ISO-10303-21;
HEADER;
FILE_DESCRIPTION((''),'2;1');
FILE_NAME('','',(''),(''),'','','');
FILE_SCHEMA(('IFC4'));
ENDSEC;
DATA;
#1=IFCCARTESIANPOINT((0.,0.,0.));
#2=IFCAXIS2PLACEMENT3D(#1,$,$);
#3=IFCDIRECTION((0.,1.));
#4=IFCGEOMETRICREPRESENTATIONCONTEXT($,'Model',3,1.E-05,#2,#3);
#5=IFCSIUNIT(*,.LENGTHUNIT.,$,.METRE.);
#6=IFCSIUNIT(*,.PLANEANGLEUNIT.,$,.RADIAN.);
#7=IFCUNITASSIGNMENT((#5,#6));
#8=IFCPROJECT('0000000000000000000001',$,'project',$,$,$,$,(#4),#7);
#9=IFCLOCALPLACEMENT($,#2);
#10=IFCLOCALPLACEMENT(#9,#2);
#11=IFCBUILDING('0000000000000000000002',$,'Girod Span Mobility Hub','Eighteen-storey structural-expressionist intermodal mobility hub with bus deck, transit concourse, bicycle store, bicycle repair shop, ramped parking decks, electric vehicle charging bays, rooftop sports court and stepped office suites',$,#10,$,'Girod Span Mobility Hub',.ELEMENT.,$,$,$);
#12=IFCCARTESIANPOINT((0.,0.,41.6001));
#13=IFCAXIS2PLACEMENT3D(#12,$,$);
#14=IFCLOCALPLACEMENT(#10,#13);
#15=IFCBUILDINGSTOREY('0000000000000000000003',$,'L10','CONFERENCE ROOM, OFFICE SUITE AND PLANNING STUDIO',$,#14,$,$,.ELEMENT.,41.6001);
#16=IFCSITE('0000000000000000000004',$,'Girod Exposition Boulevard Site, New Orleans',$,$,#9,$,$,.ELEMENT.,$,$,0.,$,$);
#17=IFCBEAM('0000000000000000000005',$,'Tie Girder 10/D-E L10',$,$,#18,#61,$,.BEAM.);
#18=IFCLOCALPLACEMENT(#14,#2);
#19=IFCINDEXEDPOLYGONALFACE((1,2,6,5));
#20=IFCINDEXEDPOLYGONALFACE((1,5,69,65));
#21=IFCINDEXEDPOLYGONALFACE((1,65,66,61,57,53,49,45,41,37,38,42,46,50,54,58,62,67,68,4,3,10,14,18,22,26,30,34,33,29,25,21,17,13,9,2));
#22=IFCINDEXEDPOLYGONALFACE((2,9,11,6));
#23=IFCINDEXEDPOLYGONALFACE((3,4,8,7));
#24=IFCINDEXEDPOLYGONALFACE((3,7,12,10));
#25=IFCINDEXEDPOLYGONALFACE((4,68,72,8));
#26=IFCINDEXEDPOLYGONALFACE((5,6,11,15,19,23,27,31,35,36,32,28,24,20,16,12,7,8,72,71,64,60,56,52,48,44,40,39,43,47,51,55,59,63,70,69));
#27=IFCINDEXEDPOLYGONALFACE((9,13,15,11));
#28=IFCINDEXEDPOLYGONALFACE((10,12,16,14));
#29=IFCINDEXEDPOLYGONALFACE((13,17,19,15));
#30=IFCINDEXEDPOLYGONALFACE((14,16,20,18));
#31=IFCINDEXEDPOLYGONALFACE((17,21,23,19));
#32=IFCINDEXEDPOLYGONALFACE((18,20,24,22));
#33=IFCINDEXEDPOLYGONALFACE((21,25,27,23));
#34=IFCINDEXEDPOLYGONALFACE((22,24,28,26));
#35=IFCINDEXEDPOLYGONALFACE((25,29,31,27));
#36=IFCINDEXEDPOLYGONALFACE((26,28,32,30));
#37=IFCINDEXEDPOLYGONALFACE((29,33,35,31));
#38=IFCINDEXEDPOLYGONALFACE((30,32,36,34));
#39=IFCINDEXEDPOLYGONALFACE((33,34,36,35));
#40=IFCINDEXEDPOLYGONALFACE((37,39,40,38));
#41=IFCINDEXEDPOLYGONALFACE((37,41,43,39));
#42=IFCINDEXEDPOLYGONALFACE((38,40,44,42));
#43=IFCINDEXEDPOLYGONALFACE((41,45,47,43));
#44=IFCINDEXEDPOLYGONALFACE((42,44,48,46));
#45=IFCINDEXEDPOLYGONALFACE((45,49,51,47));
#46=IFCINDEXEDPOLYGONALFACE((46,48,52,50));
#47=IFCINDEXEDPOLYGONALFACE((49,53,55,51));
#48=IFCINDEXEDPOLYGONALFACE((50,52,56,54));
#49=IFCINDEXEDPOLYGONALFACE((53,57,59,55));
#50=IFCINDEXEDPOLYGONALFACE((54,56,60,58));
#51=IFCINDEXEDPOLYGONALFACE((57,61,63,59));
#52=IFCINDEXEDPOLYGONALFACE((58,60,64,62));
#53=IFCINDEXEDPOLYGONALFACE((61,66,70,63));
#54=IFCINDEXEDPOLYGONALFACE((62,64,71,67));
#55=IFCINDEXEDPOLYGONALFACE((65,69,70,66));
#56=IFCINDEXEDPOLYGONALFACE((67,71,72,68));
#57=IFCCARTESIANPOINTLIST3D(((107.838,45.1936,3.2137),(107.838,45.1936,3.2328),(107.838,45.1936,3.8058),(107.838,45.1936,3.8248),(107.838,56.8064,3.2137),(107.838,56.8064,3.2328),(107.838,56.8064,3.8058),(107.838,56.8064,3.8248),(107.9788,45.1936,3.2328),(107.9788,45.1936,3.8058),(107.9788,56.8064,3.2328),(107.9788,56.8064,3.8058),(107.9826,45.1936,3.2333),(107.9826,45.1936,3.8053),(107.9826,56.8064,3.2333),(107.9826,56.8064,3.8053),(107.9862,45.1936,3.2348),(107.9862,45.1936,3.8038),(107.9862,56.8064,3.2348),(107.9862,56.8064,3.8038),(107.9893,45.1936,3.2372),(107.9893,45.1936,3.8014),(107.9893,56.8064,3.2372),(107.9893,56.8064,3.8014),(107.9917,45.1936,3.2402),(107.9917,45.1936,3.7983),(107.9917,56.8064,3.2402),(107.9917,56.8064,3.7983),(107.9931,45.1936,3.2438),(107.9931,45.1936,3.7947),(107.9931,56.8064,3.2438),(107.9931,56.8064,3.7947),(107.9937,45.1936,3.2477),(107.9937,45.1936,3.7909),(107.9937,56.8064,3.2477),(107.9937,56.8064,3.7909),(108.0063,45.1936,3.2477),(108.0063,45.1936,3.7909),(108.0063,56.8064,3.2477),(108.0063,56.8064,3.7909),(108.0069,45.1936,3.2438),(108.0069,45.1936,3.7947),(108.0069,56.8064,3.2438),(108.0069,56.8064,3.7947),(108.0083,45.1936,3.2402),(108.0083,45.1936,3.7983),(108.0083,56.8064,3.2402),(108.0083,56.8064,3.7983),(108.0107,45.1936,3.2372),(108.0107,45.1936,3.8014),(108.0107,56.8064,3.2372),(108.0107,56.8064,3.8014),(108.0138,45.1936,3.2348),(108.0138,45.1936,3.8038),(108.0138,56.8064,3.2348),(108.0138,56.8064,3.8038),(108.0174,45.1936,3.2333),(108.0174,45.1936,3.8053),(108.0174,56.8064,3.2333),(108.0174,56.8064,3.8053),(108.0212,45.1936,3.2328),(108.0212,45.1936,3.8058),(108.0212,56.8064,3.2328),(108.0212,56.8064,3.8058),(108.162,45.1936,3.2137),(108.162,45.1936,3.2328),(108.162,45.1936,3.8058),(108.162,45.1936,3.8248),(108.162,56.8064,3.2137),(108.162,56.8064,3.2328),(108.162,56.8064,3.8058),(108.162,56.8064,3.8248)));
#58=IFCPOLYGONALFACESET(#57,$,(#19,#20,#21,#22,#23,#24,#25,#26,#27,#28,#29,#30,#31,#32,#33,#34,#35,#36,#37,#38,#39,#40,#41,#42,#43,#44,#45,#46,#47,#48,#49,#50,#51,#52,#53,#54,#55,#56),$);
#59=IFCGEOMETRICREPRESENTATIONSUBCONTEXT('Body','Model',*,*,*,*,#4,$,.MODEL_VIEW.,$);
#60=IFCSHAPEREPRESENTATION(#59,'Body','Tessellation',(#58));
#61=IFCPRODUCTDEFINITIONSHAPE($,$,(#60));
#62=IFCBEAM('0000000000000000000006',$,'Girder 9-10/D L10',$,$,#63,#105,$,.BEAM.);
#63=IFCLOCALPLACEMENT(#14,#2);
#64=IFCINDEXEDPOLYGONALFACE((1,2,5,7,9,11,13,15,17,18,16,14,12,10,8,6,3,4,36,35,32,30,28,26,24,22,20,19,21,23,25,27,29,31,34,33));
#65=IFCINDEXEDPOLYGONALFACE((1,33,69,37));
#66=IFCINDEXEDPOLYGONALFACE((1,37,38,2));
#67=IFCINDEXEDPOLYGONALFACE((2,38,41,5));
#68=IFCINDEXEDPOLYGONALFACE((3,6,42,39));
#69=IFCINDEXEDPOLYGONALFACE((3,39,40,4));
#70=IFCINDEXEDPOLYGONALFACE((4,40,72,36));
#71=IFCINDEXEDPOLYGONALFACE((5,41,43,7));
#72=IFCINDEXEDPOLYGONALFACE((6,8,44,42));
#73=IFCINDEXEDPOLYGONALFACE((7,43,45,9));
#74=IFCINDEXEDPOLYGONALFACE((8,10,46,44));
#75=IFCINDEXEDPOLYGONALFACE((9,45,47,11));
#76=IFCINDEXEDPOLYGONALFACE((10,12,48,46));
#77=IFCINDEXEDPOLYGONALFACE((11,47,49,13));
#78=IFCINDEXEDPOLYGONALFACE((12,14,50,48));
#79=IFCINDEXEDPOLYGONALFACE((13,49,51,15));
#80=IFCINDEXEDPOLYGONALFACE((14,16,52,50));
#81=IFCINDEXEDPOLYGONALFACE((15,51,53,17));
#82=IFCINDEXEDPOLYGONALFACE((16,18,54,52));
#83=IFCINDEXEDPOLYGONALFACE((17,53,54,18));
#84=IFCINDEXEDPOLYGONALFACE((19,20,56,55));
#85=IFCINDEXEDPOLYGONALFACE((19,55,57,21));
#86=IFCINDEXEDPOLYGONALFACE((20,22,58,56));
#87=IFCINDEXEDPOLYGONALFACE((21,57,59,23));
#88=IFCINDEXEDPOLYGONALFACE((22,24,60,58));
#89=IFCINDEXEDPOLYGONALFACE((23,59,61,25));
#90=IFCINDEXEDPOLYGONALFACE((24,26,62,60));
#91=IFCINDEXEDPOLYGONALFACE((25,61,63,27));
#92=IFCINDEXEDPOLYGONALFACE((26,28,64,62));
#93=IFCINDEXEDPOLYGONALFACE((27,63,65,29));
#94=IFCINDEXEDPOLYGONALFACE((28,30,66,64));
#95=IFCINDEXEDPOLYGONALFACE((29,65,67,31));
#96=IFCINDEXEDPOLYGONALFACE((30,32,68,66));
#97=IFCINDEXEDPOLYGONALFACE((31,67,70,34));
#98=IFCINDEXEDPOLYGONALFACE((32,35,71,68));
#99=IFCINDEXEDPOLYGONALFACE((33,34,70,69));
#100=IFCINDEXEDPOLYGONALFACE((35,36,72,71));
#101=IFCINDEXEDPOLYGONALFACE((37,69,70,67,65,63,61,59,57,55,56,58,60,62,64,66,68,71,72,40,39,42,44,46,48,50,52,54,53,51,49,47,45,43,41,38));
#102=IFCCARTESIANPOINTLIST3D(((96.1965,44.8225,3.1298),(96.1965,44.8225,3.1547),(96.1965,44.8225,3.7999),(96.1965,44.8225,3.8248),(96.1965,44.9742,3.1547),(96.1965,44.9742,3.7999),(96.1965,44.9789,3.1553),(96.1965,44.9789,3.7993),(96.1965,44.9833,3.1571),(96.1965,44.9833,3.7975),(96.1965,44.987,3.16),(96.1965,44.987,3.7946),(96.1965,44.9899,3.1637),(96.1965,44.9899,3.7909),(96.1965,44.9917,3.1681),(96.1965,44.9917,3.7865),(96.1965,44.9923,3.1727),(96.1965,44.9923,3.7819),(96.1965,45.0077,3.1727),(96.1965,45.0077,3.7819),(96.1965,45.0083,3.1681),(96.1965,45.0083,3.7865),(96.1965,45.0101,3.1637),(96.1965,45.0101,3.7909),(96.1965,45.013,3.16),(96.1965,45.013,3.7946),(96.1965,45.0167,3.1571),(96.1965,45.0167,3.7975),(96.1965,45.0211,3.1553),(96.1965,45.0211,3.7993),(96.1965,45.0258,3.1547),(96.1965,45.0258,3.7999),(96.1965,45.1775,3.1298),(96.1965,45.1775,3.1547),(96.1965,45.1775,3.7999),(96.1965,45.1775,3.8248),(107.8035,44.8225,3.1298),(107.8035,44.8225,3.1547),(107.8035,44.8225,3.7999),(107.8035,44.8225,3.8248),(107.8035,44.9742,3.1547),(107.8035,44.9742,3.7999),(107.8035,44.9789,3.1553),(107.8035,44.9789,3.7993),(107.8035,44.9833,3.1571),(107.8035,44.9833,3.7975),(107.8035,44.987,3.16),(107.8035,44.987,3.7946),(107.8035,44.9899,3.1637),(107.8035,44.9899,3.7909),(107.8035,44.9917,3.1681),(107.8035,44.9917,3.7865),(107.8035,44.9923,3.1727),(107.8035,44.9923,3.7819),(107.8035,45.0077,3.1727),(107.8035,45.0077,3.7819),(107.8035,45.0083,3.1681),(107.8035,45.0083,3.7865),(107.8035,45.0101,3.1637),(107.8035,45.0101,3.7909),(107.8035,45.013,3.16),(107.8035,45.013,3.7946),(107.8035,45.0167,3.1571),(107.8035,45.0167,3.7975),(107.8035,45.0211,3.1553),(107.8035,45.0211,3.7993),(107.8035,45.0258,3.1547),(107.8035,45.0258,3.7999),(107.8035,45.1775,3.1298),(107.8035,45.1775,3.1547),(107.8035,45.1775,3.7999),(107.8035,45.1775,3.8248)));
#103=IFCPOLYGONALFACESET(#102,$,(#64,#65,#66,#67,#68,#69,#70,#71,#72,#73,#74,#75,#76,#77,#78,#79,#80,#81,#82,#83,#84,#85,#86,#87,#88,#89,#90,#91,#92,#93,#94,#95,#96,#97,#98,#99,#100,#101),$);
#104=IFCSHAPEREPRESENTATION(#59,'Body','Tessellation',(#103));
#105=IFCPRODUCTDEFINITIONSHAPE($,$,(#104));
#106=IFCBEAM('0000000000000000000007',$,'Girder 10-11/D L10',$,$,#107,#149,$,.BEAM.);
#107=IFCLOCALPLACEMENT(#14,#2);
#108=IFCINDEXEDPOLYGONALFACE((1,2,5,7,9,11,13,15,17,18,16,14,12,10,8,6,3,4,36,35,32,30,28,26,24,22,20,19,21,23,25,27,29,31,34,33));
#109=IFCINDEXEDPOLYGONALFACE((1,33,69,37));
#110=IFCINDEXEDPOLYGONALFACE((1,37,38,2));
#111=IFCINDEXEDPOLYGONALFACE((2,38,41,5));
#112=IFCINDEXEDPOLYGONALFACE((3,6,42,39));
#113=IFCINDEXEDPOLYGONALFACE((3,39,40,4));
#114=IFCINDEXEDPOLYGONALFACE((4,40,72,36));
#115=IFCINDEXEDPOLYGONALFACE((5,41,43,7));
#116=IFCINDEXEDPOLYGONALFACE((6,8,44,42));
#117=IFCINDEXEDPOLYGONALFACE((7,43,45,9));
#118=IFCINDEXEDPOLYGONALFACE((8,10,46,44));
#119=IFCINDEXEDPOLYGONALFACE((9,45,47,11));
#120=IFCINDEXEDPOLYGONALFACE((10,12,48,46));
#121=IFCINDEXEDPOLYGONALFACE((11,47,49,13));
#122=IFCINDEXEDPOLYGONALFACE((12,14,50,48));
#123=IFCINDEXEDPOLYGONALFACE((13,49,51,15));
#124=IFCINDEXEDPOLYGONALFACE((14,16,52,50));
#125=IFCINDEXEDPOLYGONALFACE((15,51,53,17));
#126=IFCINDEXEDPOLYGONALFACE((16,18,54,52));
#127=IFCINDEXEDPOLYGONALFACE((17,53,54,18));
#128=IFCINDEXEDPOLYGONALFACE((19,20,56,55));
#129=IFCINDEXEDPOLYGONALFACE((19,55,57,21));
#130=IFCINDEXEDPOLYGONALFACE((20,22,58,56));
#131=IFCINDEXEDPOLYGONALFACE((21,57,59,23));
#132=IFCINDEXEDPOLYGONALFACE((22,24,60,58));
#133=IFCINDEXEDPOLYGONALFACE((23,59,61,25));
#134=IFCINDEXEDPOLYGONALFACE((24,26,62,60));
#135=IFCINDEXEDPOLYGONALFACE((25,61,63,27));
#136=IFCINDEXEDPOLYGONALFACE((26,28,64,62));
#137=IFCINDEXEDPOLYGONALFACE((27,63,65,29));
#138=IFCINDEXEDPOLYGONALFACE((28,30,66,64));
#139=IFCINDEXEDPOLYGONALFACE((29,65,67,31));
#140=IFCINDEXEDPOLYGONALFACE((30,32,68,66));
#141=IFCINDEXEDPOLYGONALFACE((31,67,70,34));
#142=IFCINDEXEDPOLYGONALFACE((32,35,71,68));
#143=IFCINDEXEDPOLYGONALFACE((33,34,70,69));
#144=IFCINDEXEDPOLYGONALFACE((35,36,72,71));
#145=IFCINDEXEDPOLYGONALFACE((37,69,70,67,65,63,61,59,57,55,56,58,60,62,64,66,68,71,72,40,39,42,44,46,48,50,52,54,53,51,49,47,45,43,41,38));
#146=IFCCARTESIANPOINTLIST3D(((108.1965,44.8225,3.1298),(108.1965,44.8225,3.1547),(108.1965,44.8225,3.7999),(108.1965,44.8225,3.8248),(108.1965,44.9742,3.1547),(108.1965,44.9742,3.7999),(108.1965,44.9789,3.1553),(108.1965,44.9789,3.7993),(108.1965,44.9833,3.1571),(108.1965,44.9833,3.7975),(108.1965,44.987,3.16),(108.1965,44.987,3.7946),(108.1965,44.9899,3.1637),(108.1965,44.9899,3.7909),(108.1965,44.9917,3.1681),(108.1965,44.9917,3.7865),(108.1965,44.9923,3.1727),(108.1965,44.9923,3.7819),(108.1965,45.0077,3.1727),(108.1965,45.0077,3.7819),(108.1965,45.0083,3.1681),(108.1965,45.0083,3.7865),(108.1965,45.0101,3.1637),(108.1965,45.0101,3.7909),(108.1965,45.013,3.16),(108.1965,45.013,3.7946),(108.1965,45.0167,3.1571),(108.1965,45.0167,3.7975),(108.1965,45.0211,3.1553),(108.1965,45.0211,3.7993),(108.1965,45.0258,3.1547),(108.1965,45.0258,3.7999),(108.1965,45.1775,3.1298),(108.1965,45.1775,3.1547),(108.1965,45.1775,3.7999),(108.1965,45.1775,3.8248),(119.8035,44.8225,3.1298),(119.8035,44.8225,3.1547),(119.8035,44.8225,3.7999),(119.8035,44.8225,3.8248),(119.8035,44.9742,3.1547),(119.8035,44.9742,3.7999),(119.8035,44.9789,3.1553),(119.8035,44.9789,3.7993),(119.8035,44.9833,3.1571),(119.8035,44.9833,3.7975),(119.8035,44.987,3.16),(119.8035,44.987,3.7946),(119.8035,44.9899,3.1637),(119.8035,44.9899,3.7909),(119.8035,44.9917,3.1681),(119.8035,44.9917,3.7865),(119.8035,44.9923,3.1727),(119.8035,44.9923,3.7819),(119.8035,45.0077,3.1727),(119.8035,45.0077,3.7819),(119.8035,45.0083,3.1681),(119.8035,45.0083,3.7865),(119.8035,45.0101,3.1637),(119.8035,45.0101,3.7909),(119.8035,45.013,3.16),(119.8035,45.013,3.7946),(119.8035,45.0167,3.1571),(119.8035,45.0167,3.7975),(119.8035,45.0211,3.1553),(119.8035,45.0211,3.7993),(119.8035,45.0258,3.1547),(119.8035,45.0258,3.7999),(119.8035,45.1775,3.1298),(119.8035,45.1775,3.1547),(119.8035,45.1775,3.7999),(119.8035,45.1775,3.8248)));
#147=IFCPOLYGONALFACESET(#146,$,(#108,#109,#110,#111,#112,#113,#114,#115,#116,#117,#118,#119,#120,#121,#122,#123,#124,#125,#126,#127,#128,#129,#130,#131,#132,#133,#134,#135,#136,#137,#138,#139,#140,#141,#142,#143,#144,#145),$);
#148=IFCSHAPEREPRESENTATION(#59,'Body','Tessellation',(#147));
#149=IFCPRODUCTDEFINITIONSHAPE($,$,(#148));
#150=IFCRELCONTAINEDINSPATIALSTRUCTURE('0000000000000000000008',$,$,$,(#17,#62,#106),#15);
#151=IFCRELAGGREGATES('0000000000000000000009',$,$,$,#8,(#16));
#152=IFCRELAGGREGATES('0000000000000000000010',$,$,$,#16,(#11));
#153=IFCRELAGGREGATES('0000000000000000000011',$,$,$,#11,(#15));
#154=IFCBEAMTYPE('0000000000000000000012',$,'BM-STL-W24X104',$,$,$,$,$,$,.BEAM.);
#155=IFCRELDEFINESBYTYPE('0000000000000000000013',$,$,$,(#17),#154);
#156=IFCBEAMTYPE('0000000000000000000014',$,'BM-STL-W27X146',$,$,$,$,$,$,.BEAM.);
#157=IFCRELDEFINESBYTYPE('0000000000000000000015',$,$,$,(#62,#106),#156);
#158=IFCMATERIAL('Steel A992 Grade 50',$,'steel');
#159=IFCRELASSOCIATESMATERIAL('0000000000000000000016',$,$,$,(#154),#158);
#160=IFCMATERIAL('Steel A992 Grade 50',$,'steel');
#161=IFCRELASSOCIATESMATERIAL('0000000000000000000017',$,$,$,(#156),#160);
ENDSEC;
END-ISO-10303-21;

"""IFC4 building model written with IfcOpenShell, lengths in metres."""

from ifc_helpers import new_model, si_unit, direction, frame, origin, origin_2d, place, context, subcontext, project, spatial, i_section, extrude, material, material_profile, profile_set, type_object, element, save


model = new_model("IFC4")

# Units and contexts
model_context = context("Model", 3, precision=1e-05, world=origin(), true_north=direction((0.0, 1.0)))
body_context = subcontext(model_context, "Body", "Model", "MODEL_VIEW")
ifc_project = project(units=[si_unit("LENGTHUNIT", "METRE"), si_unit("PLANEANGLEUNIT", "RADIAN")], contexts=[model_context])

# Site, building, storey
site_placement = place(None, origin())
site = spatial("IfcSite", under=ifc_project, at=site_placement, Name="Girod Exposition Boulevard Site, New Orleans", CompositionType="ELEMENT", RefElevation=0.0)
building_placement = place(site_placement, origin())
building = spatial("IfcBuilding", under=site, at=building_placement, Name="Girod Span Mobility Hub", Description="Eighteen-storey structural-expressionist intermodal mobility hub with bus deck, transit concourse, bicycle store, bicycle repair shop, ramped parking decks, electric vehicle charging bays, rooftop sports court and stepped office suites", LongName="Girod Span Mobility Hub", CompositionType="ELEMENT")
storey_placement = place(building_placement, frame((0.0, 0.0, 41.6001)))
storey = spatial("IfcBuildingStorey", under=building, at=storey_placement, Name="L10", Description="CONFERENCE ROOM, OFFICE SUITE AND PLANNING STUDIO", CompositionType="ELEMENT", Elevation=41.6001)

# Beams
ifc_material_1 = material(Name="Steel A992 Grade 50", Category="steel")
ifc_material_profile_1 = material_profile(ifc_material_1, i_section(OverallWidth=0.324, OverallDepth=0.6111, WebThickness=0.0127, FlangeThickness=0.019, FilletRadius=0.0149, at=origin_2d()), Name="W24X104")
ifc_profile_set_1 = profile_set([ifc_material_profile_1], Name="Steel A992 Grade 50")
beam_type_1 = type_object("IfcBeamType", Name="BM-STL-W24X104", PredefinedType="BEAM", material=ifc_profile_set_1)
beam_1_placement = place(storey_placement, frame((108.0, 45.1936, 3.5193), z_axis=(0.0, 1.0, 0.0), x_axis=(-1.0, 0.0, 0.0)))
element("IfcBeam", 1, at=beam_1_placement, inside=storey, type_object=beam_type_1, Name="Tie Girder 10/D-E L10", PredefinedType="BEAM", context=body_context, shape_type="SweptSolid", body=[
    extrude(i_section(OverallWidth=0.324, OverallDepth=0.6111, WebThickness=0.0127, FlangeThickness=0.019, FilletRadius=0.0149, at=origin_2d()), origin(), (0.0, 0.0, 1.0), 11.6128),
])
ifc_material_2 = material(Name="Steel A992 Grade 50", Category="steel")
ifc_material_profile_2 = material_profile(ifc_material_2, i_section(OverallWidth=0.355, OverallDepth=0.6951, WebThickness=0.0154, FlangeThickness=0.0249, FilletRadius=0.0181, at=origin_2d()), Name="W27X146")
ifc_profile_set_2 = profile_set([ifc_material_profile_2], Name="Steel A992 Grade 50")
beam_type_2 = type_object("IfcBeamType", Name="BM-STL-W27X146", PredefinedType="BEAM", material=ifc_profile_set_2)
for number, where, z_axis, x_axis, name in (
    (2, (96.1965, 45.0, 3.4773), (1.0, 0.0, 0.0), (0.0, 1.0, 0.0), "Girder 9-10/D L10"),
    (3, (108.1965, 45.0, 3.4773), (1.0, 0.0, 0.0), (0.0, 1.0, 0.0), "Girder 10-11/D L10"),
):
    element("IfcBeam", number, at=place(storey_placement, frame(where, z_axis=z_axis, x_axis=x_axis)), inside=storey, type_object=beam_type_2, Name=name, PredefinedType="BEAM", context=body_context, shape_type="SweptSolid", body=[
        extrude(i_section(OverallWidth=0.355, OverallDepth=0.6951, WebThickness=0.0154, FlangeThickness=0.0249, FilletRadius=0.0181, at=origin_2d()), origin(), (0.0, 0.0, 1.0), 11.6069),
    ])

save(model, "model.ifc")
